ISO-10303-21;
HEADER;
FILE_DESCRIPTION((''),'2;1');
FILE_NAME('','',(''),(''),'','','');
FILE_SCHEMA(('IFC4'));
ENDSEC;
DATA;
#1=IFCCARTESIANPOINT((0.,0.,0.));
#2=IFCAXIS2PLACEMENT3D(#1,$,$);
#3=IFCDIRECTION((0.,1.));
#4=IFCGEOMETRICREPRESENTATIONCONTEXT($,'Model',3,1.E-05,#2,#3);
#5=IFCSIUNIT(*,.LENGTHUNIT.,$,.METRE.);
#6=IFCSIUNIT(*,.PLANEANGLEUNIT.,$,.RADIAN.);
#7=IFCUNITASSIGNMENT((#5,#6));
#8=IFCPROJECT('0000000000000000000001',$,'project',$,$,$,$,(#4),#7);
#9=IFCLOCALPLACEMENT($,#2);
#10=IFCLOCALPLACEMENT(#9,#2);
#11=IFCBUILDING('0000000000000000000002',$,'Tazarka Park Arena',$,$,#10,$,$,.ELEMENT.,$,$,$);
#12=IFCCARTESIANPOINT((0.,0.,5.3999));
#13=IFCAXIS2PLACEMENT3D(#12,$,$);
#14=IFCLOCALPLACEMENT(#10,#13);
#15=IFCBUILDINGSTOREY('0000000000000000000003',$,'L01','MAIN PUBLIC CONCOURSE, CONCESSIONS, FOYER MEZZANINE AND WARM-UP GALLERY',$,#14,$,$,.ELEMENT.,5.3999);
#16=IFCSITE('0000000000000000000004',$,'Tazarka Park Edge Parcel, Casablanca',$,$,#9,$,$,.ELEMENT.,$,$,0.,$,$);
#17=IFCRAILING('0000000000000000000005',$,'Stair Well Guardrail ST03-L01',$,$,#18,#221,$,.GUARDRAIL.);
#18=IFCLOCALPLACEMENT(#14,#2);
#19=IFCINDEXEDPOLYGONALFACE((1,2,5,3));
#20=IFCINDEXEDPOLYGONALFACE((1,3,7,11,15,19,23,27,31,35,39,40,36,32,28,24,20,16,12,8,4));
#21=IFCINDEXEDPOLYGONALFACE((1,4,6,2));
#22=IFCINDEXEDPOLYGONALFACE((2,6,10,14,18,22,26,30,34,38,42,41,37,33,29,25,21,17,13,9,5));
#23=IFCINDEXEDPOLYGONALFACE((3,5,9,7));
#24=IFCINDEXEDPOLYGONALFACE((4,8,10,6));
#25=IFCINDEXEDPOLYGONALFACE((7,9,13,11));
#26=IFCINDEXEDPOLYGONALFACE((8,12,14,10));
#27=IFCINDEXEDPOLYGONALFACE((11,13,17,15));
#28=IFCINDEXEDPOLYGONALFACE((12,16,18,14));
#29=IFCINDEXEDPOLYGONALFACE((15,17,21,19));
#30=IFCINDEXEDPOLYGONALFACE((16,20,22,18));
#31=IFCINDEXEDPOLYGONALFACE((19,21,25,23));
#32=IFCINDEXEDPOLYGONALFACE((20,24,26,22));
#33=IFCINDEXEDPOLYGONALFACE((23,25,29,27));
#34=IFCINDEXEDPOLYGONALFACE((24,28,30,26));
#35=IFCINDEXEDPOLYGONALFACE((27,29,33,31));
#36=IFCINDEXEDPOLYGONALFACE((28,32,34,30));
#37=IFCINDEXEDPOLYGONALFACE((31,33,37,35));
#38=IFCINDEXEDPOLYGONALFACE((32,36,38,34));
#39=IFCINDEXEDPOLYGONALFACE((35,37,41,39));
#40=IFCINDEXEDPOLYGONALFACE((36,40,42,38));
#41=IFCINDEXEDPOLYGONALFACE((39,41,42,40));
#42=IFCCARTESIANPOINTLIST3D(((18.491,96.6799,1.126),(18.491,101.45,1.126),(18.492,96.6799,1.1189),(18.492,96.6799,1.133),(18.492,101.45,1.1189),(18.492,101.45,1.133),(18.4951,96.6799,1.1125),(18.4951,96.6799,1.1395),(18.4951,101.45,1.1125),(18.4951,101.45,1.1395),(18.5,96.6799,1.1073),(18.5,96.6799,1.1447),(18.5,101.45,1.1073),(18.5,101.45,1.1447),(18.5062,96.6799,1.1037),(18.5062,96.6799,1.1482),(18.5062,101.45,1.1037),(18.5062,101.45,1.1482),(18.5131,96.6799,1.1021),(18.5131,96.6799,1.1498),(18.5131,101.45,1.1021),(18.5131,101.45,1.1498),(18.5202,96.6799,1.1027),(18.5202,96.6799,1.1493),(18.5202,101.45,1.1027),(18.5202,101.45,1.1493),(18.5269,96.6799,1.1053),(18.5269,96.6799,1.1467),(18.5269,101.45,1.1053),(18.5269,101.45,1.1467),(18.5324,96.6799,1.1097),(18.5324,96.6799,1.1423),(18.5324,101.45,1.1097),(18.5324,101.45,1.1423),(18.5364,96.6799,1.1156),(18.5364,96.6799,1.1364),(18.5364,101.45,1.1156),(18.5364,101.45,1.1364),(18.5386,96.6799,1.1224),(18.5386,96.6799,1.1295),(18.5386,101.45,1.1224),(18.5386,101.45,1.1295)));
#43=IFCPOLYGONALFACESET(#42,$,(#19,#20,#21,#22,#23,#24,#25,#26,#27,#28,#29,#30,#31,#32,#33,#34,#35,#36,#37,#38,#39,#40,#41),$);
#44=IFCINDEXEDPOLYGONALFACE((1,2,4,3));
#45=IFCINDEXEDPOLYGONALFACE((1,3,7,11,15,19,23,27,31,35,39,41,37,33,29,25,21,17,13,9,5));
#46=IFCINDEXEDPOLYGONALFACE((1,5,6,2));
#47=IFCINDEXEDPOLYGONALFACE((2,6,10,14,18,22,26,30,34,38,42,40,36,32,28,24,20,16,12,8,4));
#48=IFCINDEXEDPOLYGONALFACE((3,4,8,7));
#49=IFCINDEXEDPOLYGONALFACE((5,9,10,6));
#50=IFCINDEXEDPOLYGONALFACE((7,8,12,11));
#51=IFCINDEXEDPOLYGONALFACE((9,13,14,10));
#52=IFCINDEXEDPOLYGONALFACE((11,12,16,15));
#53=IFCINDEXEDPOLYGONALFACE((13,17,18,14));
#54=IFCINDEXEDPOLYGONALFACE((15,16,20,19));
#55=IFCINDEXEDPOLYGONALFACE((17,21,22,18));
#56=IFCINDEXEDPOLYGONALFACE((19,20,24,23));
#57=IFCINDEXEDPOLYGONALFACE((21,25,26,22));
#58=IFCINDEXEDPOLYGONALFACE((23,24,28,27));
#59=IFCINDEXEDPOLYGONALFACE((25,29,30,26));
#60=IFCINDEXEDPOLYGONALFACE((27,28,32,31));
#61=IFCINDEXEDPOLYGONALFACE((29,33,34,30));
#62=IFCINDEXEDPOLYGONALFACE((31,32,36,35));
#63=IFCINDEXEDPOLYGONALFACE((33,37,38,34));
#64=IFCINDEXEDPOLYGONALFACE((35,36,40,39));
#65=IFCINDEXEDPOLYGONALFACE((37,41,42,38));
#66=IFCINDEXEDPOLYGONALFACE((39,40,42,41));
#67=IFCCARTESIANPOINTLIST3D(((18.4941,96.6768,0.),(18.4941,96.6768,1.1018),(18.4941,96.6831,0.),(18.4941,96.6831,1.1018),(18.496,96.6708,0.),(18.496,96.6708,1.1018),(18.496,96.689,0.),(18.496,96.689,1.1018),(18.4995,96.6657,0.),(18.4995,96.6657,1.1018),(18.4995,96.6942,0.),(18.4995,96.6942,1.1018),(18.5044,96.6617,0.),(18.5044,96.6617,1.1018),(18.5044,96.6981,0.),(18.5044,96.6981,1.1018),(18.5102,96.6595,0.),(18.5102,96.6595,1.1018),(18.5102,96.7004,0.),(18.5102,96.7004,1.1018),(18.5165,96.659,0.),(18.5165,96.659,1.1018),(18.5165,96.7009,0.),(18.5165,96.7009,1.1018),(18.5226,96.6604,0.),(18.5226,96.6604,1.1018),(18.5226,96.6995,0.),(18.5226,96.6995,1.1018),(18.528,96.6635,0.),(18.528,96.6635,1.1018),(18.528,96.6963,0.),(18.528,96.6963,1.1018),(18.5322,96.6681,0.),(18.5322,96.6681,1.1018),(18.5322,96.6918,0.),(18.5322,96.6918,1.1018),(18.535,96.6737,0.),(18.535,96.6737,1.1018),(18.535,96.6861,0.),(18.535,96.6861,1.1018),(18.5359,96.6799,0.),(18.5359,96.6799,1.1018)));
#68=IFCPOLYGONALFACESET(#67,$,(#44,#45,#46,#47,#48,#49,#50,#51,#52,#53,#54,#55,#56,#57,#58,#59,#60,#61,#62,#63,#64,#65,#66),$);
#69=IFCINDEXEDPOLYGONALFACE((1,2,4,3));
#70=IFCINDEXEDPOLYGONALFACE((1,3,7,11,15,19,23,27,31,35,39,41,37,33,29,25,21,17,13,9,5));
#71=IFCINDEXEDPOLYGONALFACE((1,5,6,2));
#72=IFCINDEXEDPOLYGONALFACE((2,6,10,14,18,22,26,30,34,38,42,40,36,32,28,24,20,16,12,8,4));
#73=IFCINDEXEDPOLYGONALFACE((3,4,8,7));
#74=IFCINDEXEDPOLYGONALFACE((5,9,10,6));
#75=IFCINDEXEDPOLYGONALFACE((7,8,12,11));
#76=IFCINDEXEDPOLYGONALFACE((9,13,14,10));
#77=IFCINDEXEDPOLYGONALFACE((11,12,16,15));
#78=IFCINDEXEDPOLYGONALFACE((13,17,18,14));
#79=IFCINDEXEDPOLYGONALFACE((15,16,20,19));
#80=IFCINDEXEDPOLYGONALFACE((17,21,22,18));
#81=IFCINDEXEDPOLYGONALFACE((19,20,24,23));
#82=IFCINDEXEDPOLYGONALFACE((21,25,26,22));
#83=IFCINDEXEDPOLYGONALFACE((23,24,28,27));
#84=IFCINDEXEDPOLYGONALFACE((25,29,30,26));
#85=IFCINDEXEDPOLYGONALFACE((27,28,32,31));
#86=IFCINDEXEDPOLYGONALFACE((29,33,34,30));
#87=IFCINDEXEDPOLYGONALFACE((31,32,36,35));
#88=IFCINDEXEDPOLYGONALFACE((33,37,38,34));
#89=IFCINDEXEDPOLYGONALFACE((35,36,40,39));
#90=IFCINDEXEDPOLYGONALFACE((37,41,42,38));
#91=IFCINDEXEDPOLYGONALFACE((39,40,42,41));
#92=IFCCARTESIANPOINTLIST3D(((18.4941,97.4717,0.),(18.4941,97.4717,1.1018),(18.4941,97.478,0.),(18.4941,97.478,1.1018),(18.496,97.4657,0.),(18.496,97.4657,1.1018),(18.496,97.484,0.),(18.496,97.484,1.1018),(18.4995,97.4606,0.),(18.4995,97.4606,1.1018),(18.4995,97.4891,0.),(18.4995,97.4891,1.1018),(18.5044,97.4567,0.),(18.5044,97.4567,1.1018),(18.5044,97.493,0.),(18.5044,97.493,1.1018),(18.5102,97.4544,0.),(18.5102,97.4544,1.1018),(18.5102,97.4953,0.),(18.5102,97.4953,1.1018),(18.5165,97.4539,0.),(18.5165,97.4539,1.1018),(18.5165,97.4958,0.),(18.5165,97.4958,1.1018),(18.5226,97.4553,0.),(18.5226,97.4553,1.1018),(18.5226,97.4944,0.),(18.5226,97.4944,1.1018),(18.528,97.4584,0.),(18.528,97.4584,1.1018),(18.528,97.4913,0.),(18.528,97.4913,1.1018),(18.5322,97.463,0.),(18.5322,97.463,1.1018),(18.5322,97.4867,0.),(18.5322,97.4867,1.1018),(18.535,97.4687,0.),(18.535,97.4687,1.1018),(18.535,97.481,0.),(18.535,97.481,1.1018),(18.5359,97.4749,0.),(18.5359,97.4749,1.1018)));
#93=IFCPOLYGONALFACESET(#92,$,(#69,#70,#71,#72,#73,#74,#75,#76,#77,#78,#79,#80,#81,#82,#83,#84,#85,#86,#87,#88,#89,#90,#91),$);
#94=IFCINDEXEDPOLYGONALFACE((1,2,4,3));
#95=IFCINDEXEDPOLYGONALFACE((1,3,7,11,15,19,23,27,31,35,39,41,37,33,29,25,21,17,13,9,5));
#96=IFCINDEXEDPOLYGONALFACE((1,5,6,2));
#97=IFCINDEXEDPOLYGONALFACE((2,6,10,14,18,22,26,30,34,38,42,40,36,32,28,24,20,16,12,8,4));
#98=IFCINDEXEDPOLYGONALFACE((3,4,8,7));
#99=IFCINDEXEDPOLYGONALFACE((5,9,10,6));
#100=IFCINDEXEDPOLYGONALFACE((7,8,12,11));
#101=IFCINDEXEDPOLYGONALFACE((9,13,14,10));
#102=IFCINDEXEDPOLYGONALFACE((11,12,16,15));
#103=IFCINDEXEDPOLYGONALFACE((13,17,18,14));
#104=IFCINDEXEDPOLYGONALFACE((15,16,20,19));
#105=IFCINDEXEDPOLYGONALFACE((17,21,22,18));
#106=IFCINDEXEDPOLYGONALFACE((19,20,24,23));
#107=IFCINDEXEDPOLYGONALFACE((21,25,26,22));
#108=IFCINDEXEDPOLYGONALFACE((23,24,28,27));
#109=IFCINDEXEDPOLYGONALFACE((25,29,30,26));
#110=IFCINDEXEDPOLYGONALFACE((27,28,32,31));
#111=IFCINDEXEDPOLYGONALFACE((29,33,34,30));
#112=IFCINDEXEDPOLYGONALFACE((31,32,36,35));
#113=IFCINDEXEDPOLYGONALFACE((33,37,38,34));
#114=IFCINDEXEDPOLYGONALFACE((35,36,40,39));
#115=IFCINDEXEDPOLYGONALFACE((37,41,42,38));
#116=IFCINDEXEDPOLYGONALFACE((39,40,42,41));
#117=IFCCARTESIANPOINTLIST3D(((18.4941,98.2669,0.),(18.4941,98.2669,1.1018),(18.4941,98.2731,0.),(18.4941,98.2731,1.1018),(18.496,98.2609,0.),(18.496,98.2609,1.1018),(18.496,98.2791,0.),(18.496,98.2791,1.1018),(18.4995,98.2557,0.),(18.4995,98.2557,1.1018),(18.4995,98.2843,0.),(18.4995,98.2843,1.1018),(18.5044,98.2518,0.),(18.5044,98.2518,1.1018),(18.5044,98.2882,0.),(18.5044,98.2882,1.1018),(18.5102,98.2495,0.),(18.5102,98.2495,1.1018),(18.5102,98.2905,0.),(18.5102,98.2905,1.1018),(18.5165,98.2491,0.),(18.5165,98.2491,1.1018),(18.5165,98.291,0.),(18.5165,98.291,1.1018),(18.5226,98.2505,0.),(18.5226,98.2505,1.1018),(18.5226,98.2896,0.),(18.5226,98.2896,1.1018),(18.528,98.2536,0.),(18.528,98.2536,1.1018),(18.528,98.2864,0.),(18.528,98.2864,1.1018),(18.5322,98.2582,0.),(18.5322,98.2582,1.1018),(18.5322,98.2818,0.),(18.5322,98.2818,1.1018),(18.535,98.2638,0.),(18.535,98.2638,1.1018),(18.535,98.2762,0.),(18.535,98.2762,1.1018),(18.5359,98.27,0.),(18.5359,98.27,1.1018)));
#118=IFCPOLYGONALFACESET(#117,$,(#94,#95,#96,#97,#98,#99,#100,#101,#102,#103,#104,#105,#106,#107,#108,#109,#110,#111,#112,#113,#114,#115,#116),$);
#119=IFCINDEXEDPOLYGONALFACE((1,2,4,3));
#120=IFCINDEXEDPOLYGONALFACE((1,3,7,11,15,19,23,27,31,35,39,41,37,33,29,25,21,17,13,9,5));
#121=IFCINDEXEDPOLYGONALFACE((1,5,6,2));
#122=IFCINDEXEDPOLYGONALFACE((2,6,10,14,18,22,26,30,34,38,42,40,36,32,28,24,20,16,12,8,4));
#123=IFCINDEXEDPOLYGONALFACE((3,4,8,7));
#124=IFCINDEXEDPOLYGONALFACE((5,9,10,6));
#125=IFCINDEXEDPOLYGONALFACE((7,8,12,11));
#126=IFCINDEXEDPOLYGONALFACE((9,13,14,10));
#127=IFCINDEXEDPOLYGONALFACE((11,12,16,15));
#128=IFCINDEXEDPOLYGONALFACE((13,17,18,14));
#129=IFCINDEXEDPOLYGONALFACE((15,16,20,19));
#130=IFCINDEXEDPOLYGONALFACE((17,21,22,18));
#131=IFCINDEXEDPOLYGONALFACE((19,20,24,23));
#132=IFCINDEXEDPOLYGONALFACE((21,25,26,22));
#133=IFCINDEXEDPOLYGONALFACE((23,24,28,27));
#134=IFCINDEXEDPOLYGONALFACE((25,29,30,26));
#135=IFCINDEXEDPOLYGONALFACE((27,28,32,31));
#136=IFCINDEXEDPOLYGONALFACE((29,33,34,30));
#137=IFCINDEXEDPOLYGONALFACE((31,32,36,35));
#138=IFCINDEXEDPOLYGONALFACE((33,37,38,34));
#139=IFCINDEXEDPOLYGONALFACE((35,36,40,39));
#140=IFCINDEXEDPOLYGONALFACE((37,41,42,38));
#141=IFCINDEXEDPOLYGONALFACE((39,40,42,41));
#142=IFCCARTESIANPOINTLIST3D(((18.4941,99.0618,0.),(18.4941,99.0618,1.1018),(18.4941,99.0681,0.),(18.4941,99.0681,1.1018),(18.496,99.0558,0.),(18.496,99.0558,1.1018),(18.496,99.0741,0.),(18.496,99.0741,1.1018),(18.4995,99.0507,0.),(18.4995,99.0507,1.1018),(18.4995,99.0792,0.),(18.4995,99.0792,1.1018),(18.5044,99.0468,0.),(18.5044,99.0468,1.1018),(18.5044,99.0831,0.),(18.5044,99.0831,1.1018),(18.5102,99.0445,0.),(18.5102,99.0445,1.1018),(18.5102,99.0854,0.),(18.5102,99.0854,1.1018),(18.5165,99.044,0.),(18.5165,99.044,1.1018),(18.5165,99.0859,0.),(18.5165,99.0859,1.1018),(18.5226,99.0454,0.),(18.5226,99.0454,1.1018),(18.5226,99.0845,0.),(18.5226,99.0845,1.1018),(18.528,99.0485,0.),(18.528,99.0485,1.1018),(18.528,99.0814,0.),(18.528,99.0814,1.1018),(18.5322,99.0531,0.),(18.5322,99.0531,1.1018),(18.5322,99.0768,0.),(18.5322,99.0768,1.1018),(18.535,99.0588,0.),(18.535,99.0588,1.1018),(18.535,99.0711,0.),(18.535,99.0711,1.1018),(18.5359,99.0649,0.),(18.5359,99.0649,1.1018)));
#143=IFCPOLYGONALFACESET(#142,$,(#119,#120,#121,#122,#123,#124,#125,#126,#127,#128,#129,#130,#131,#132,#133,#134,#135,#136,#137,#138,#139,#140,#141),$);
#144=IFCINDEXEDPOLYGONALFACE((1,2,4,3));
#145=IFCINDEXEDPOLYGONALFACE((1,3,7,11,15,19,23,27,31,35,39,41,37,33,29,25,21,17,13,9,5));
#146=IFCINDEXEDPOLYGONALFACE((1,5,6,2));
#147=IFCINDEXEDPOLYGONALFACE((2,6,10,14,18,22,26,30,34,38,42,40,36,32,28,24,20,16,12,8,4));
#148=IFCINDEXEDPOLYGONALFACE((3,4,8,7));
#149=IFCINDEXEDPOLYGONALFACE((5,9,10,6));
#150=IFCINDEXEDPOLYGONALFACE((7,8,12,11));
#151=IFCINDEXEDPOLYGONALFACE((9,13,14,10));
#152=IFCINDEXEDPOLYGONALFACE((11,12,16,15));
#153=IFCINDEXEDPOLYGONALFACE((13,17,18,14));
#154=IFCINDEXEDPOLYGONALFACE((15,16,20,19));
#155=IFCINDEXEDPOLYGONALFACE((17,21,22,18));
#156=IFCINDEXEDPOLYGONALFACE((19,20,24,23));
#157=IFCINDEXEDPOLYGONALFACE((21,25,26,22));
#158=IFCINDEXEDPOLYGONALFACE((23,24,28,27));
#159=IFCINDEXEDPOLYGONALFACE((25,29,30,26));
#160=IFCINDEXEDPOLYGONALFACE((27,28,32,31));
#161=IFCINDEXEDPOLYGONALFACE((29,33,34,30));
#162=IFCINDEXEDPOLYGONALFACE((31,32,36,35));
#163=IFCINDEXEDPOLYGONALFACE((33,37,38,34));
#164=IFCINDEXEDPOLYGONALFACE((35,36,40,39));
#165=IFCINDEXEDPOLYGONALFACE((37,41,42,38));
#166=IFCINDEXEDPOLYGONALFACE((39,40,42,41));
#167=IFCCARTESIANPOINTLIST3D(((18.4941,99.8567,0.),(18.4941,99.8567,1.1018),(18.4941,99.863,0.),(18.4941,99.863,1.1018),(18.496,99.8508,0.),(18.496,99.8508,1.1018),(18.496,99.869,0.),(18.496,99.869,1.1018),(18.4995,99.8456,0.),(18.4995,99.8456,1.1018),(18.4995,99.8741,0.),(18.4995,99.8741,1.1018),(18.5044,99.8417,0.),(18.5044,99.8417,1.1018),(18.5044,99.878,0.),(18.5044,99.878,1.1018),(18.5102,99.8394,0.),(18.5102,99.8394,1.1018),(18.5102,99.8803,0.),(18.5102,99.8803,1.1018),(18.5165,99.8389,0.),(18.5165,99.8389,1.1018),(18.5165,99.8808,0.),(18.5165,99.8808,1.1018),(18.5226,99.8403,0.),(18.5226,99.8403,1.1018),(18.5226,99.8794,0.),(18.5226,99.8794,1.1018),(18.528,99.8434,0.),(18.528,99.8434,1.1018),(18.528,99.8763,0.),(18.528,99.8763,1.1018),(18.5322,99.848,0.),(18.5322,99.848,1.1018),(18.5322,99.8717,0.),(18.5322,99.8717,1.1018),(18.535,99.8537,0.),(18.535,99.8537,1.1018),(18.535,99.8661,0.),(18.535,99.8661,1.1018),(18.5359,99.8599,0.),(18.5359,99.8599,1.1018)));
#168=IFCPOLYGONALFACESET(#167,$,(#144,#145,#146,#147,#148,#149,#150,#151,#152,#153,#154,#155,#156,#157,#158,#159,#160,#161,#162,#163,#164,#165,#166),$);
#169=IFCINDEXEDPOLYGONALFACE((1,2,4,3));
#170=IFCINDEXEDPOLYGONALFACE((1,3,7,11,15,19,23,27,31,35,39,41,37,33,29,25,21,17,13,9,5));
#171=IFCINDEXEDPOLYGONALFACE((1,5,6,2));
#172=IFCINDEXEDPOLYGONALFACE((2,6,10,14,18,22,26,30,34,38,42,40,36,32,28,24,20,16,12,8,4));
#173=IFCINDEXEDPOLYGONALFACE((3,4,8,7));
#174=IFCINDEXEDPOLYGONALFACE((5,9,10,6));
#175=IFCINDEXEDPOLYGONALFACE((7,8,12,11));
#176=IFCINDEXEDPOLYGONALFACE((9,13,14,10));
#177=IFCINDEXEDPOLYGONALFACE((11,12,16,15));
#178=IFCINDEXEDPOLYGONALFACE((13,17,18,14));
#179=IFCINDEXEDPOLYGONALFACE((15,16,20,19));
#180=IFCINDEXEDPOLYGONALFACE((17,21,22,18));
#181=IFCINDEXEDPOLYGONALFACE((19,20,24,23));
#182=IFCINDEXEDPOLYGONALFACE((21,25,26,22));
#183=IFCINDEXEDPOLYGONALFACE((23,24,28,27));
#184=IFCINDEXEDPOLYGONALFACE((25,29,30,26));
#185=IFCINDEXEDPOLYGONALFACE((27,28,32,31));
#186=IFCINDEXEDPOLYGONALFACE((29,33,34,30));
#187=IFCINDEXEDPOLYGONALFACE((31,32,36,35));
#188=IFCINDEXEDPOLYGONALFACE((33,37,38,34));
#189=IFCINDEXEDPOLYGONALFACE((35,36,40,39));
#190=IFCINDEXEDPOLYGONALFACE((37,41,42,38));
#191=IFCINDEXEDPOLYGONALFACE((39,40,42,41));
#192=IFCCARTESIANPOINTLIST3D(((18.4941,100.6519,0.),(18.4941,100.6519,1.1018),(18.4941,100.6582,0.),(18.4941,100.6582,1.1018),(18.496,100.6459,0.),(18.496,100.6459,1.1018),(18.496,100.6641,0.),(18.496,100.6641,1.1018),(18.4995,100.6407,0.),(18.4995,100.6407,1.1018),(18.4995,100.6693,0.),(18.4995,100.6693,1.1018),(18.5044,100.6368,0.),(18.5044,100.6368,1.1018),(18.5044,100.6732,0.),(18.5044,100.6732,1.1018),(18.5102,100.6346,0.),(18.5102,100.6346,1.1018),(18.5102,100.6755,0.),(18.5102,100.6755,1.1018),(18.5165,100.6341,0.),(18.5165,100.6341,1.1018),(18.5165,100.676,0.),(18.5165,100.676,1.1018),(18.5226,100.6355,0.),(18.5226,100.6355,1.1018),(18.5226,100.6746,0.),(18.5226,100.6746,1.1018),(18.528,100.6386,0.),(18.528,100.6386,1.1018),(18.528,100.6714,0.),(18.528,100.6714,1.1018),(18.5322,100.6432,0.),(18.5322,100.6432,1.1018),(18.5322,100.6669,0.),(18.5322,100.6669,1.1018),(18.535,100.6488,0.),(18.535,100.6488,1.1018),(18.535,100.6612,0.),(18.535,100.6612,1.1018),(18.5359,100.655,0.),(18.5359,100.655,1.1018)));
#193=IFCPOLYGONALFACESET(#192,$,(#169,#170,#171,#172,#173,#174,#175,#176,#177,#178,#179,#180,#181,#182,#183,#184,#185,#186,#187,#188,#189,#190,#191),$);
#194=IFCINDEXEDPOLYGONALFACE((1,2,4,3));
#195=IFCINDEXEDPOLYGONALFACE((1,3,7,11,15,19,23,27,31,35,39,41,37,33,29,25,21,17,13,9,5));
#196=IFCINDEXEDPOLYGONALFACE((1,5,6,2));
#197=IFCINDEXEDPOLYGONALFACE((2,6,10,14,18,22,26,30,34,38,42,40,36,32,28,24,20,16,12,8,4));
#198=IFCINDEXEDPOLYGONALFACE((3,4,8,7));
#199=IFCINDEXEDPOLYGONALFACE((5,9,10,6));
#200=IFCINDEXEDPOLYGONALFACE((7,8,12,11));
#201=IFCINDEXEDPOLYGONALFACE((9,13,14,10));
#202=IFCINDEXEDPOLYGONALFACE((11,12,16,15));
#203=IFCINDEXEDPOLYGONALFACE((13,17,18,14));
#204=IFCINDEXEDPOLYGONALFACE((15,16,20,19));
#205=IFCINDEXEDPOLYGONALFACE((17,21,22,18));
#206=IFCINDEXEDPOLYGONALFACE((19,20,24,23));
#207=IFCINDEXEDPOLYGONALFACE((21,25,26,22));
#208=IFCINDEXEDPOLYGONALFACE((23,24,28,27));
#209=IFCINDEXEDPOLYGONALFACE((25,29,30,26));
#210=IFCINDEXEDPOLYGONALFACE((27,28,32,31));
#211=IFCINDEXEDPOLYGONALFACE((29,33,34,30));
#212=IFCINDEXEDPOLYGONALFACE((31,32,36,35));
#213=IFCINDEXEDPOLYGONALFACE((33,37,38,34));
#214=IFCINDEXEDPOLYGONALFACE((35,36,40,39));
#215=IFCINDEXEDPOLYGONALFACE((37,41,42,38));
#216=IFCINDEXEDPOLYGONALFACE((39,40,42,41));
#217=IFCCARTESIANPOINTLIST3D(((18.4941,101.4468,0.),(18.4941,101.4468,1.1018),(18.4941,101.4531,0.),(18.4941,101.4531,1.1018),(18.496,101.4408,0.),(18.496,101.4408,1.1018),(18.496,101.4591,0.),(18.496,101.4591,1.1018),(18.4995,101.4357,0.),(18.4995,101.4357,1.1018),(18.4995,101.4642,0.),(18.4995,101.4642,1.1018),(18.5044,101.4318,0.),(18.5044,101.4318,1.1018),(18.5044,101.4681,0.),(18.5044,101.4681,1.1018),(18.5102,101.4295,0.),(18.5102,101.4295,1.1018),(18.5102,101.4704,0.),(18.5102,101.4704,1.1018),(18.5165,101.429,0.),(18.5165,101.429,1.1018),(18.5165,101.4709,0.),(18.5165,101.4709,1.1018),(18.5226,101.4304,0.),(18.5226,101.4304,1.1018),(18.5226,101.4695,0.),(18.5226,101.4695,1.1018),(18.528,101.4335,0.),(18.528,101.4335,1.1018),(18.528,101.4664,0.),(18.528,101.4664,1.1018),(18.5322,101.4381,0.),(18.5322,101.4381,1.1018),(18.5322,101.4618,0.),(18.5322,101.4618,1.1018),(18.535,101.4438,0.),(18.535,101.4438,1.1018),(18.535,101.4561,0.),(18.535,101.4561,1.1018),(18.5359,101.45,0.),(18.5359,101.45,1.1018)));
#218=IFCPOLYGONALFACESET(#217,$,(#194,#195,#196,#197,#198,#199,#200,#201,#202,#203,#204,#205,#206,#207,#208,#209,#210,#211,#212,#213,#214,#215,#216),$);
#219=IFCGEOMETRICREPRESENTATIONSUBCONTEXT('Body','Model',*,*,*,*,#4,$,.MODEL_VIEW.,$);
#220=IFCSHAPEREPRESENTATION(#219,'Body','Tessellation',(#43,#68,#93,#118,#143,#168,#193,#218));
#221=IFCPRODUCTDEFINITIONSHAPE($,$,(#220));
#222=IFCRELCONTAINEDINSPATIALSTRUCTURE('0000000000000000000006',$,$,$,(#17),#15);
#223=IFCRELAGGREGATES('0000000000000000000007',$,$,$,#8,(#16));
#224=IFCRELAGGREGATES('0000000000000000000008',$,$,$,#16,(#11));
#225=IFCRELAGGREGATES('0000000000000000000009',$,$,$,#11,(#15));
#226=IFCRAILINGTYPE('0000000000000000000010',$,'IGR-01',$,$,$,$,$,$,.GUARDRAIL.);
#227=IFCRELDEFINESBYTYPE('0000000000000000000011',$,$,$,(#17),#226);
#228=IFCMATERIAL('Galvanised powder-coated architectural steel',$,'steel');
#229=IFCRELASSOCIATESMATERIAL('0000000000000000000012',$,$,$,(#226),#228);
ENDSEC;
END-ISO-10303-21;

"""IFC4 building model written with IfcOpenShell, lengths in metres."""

from ifc_helpers import new_model, si_unit, direction, frame, origin, origin_2d, place, context, subcontext, project, spatial, circle, extrude, material, type_object, element, save


model = new_model("IFC4")

# Units and contexts
model_context = context("Model", 3, precision=1e-05, world=origin(), true_north=direction((0.0, 1.0)))
body_context = subcontext(model_context, "Body", "Model", "MODEL_VIEW")
ifc_project = project(units=[si_unit("LENGTHUNIT", "METRE"), si_unit("PLANEANGLEUNIT", "RADIAN")], contexts=[model_context])

# Site, building, storey
site_placement = place(None, origin())
site = spatial("IfcSite", under=ifc_project, at=site_placement, Name="Tazarka Park Edge Parcel, Casablanca", CompositionType="ELEMENT", RefElevation=0.0)
building_placement = place(site_placement, origin())
building = spatial("IfcBuilding", under=site, at=building_placement, Name="Tazarka Park Arena", CompositionType="ELEMENT")
storey_placement = place(building_placement, frame((0.0, 0.0, 5.3999)))
storey = spatial("IfcBuildingStorey", under=building, at=storey_placement, Name="L01", Description="MAIN PUBLIC CONCOURSE, CONCESSIONS, FOYER MEZZANINE AND WARM-UP GALLERY", CompositionType="ELEMENT", Elevation=5.3999)

# Railing
ifc_material_1 = material(Name="Galvanised powder-coated architectural steel", Category="steel")
railing_type = type_object("IfcRailingType", Name="IGR-01", PredefinedType="GUARDRAIL", material=ifc_material_1)
railing_1_placement = place(storey_placement, frame((18.5149, 96.6799, 0.0)))
element("IfcRailing", 1, at=railing_1_placement, inside=storey, type_object=railing_type, Name="Stair Well Guardrail ST03-L01", PredefinedType="GUARDRAIL", context=body_context, shape_type="SweptSolid", body=[
    extrude(circle(Radius=0.0239, at=origin_2d()), frame((0.0, 0.0, 1.126), z_axis=(0.0, 1.0, 0.0), x_axis=(-1.0, 0.0, 0.0)), (0.0, 0.0, 1.0), 4.77),
    extrude(circle(Radius=0.021, at=origin_2d()), origin(), (0.0, 0.0, 1.0), 1.1018),
    extrude(circle(Radius=0.021, at=origin_2d()), frame((0.0, 0.7949, 0.0)), (0.0, 0.0, 1.0), 1.1018),
    extrude(circle(Radius=0.021, at=origin_2d()), frame((0.0, 1.5901, 0.0)), (0.0, 0.0, 1.0), 1.1018),
    extrude(circle(Radius=0.021, at=origin_2d()), frame((0.0, 2.385, 0.0)), (0.0, 0.0, 1.0), 1.1018),
    extrude(circle(Radius=0.021, at=origin_2d()), frame((0.0, 3.1799, 0.0)), (0.0, 0.0, 1.0), 1.1018),
    extrude(circle(Radius=0.021, at=origin_2d()), frame((0.0, 3.9751, 0.0)), (0.0, 0.0, 1.0), 1.1018),
    extrude(circle(Radius=0.021, at=origin_2d()), frame((0.0, 4.77, 0.0)), (0.0, 0.0, 1.0), 1.1018),
])

save(model, "model.ifc")
